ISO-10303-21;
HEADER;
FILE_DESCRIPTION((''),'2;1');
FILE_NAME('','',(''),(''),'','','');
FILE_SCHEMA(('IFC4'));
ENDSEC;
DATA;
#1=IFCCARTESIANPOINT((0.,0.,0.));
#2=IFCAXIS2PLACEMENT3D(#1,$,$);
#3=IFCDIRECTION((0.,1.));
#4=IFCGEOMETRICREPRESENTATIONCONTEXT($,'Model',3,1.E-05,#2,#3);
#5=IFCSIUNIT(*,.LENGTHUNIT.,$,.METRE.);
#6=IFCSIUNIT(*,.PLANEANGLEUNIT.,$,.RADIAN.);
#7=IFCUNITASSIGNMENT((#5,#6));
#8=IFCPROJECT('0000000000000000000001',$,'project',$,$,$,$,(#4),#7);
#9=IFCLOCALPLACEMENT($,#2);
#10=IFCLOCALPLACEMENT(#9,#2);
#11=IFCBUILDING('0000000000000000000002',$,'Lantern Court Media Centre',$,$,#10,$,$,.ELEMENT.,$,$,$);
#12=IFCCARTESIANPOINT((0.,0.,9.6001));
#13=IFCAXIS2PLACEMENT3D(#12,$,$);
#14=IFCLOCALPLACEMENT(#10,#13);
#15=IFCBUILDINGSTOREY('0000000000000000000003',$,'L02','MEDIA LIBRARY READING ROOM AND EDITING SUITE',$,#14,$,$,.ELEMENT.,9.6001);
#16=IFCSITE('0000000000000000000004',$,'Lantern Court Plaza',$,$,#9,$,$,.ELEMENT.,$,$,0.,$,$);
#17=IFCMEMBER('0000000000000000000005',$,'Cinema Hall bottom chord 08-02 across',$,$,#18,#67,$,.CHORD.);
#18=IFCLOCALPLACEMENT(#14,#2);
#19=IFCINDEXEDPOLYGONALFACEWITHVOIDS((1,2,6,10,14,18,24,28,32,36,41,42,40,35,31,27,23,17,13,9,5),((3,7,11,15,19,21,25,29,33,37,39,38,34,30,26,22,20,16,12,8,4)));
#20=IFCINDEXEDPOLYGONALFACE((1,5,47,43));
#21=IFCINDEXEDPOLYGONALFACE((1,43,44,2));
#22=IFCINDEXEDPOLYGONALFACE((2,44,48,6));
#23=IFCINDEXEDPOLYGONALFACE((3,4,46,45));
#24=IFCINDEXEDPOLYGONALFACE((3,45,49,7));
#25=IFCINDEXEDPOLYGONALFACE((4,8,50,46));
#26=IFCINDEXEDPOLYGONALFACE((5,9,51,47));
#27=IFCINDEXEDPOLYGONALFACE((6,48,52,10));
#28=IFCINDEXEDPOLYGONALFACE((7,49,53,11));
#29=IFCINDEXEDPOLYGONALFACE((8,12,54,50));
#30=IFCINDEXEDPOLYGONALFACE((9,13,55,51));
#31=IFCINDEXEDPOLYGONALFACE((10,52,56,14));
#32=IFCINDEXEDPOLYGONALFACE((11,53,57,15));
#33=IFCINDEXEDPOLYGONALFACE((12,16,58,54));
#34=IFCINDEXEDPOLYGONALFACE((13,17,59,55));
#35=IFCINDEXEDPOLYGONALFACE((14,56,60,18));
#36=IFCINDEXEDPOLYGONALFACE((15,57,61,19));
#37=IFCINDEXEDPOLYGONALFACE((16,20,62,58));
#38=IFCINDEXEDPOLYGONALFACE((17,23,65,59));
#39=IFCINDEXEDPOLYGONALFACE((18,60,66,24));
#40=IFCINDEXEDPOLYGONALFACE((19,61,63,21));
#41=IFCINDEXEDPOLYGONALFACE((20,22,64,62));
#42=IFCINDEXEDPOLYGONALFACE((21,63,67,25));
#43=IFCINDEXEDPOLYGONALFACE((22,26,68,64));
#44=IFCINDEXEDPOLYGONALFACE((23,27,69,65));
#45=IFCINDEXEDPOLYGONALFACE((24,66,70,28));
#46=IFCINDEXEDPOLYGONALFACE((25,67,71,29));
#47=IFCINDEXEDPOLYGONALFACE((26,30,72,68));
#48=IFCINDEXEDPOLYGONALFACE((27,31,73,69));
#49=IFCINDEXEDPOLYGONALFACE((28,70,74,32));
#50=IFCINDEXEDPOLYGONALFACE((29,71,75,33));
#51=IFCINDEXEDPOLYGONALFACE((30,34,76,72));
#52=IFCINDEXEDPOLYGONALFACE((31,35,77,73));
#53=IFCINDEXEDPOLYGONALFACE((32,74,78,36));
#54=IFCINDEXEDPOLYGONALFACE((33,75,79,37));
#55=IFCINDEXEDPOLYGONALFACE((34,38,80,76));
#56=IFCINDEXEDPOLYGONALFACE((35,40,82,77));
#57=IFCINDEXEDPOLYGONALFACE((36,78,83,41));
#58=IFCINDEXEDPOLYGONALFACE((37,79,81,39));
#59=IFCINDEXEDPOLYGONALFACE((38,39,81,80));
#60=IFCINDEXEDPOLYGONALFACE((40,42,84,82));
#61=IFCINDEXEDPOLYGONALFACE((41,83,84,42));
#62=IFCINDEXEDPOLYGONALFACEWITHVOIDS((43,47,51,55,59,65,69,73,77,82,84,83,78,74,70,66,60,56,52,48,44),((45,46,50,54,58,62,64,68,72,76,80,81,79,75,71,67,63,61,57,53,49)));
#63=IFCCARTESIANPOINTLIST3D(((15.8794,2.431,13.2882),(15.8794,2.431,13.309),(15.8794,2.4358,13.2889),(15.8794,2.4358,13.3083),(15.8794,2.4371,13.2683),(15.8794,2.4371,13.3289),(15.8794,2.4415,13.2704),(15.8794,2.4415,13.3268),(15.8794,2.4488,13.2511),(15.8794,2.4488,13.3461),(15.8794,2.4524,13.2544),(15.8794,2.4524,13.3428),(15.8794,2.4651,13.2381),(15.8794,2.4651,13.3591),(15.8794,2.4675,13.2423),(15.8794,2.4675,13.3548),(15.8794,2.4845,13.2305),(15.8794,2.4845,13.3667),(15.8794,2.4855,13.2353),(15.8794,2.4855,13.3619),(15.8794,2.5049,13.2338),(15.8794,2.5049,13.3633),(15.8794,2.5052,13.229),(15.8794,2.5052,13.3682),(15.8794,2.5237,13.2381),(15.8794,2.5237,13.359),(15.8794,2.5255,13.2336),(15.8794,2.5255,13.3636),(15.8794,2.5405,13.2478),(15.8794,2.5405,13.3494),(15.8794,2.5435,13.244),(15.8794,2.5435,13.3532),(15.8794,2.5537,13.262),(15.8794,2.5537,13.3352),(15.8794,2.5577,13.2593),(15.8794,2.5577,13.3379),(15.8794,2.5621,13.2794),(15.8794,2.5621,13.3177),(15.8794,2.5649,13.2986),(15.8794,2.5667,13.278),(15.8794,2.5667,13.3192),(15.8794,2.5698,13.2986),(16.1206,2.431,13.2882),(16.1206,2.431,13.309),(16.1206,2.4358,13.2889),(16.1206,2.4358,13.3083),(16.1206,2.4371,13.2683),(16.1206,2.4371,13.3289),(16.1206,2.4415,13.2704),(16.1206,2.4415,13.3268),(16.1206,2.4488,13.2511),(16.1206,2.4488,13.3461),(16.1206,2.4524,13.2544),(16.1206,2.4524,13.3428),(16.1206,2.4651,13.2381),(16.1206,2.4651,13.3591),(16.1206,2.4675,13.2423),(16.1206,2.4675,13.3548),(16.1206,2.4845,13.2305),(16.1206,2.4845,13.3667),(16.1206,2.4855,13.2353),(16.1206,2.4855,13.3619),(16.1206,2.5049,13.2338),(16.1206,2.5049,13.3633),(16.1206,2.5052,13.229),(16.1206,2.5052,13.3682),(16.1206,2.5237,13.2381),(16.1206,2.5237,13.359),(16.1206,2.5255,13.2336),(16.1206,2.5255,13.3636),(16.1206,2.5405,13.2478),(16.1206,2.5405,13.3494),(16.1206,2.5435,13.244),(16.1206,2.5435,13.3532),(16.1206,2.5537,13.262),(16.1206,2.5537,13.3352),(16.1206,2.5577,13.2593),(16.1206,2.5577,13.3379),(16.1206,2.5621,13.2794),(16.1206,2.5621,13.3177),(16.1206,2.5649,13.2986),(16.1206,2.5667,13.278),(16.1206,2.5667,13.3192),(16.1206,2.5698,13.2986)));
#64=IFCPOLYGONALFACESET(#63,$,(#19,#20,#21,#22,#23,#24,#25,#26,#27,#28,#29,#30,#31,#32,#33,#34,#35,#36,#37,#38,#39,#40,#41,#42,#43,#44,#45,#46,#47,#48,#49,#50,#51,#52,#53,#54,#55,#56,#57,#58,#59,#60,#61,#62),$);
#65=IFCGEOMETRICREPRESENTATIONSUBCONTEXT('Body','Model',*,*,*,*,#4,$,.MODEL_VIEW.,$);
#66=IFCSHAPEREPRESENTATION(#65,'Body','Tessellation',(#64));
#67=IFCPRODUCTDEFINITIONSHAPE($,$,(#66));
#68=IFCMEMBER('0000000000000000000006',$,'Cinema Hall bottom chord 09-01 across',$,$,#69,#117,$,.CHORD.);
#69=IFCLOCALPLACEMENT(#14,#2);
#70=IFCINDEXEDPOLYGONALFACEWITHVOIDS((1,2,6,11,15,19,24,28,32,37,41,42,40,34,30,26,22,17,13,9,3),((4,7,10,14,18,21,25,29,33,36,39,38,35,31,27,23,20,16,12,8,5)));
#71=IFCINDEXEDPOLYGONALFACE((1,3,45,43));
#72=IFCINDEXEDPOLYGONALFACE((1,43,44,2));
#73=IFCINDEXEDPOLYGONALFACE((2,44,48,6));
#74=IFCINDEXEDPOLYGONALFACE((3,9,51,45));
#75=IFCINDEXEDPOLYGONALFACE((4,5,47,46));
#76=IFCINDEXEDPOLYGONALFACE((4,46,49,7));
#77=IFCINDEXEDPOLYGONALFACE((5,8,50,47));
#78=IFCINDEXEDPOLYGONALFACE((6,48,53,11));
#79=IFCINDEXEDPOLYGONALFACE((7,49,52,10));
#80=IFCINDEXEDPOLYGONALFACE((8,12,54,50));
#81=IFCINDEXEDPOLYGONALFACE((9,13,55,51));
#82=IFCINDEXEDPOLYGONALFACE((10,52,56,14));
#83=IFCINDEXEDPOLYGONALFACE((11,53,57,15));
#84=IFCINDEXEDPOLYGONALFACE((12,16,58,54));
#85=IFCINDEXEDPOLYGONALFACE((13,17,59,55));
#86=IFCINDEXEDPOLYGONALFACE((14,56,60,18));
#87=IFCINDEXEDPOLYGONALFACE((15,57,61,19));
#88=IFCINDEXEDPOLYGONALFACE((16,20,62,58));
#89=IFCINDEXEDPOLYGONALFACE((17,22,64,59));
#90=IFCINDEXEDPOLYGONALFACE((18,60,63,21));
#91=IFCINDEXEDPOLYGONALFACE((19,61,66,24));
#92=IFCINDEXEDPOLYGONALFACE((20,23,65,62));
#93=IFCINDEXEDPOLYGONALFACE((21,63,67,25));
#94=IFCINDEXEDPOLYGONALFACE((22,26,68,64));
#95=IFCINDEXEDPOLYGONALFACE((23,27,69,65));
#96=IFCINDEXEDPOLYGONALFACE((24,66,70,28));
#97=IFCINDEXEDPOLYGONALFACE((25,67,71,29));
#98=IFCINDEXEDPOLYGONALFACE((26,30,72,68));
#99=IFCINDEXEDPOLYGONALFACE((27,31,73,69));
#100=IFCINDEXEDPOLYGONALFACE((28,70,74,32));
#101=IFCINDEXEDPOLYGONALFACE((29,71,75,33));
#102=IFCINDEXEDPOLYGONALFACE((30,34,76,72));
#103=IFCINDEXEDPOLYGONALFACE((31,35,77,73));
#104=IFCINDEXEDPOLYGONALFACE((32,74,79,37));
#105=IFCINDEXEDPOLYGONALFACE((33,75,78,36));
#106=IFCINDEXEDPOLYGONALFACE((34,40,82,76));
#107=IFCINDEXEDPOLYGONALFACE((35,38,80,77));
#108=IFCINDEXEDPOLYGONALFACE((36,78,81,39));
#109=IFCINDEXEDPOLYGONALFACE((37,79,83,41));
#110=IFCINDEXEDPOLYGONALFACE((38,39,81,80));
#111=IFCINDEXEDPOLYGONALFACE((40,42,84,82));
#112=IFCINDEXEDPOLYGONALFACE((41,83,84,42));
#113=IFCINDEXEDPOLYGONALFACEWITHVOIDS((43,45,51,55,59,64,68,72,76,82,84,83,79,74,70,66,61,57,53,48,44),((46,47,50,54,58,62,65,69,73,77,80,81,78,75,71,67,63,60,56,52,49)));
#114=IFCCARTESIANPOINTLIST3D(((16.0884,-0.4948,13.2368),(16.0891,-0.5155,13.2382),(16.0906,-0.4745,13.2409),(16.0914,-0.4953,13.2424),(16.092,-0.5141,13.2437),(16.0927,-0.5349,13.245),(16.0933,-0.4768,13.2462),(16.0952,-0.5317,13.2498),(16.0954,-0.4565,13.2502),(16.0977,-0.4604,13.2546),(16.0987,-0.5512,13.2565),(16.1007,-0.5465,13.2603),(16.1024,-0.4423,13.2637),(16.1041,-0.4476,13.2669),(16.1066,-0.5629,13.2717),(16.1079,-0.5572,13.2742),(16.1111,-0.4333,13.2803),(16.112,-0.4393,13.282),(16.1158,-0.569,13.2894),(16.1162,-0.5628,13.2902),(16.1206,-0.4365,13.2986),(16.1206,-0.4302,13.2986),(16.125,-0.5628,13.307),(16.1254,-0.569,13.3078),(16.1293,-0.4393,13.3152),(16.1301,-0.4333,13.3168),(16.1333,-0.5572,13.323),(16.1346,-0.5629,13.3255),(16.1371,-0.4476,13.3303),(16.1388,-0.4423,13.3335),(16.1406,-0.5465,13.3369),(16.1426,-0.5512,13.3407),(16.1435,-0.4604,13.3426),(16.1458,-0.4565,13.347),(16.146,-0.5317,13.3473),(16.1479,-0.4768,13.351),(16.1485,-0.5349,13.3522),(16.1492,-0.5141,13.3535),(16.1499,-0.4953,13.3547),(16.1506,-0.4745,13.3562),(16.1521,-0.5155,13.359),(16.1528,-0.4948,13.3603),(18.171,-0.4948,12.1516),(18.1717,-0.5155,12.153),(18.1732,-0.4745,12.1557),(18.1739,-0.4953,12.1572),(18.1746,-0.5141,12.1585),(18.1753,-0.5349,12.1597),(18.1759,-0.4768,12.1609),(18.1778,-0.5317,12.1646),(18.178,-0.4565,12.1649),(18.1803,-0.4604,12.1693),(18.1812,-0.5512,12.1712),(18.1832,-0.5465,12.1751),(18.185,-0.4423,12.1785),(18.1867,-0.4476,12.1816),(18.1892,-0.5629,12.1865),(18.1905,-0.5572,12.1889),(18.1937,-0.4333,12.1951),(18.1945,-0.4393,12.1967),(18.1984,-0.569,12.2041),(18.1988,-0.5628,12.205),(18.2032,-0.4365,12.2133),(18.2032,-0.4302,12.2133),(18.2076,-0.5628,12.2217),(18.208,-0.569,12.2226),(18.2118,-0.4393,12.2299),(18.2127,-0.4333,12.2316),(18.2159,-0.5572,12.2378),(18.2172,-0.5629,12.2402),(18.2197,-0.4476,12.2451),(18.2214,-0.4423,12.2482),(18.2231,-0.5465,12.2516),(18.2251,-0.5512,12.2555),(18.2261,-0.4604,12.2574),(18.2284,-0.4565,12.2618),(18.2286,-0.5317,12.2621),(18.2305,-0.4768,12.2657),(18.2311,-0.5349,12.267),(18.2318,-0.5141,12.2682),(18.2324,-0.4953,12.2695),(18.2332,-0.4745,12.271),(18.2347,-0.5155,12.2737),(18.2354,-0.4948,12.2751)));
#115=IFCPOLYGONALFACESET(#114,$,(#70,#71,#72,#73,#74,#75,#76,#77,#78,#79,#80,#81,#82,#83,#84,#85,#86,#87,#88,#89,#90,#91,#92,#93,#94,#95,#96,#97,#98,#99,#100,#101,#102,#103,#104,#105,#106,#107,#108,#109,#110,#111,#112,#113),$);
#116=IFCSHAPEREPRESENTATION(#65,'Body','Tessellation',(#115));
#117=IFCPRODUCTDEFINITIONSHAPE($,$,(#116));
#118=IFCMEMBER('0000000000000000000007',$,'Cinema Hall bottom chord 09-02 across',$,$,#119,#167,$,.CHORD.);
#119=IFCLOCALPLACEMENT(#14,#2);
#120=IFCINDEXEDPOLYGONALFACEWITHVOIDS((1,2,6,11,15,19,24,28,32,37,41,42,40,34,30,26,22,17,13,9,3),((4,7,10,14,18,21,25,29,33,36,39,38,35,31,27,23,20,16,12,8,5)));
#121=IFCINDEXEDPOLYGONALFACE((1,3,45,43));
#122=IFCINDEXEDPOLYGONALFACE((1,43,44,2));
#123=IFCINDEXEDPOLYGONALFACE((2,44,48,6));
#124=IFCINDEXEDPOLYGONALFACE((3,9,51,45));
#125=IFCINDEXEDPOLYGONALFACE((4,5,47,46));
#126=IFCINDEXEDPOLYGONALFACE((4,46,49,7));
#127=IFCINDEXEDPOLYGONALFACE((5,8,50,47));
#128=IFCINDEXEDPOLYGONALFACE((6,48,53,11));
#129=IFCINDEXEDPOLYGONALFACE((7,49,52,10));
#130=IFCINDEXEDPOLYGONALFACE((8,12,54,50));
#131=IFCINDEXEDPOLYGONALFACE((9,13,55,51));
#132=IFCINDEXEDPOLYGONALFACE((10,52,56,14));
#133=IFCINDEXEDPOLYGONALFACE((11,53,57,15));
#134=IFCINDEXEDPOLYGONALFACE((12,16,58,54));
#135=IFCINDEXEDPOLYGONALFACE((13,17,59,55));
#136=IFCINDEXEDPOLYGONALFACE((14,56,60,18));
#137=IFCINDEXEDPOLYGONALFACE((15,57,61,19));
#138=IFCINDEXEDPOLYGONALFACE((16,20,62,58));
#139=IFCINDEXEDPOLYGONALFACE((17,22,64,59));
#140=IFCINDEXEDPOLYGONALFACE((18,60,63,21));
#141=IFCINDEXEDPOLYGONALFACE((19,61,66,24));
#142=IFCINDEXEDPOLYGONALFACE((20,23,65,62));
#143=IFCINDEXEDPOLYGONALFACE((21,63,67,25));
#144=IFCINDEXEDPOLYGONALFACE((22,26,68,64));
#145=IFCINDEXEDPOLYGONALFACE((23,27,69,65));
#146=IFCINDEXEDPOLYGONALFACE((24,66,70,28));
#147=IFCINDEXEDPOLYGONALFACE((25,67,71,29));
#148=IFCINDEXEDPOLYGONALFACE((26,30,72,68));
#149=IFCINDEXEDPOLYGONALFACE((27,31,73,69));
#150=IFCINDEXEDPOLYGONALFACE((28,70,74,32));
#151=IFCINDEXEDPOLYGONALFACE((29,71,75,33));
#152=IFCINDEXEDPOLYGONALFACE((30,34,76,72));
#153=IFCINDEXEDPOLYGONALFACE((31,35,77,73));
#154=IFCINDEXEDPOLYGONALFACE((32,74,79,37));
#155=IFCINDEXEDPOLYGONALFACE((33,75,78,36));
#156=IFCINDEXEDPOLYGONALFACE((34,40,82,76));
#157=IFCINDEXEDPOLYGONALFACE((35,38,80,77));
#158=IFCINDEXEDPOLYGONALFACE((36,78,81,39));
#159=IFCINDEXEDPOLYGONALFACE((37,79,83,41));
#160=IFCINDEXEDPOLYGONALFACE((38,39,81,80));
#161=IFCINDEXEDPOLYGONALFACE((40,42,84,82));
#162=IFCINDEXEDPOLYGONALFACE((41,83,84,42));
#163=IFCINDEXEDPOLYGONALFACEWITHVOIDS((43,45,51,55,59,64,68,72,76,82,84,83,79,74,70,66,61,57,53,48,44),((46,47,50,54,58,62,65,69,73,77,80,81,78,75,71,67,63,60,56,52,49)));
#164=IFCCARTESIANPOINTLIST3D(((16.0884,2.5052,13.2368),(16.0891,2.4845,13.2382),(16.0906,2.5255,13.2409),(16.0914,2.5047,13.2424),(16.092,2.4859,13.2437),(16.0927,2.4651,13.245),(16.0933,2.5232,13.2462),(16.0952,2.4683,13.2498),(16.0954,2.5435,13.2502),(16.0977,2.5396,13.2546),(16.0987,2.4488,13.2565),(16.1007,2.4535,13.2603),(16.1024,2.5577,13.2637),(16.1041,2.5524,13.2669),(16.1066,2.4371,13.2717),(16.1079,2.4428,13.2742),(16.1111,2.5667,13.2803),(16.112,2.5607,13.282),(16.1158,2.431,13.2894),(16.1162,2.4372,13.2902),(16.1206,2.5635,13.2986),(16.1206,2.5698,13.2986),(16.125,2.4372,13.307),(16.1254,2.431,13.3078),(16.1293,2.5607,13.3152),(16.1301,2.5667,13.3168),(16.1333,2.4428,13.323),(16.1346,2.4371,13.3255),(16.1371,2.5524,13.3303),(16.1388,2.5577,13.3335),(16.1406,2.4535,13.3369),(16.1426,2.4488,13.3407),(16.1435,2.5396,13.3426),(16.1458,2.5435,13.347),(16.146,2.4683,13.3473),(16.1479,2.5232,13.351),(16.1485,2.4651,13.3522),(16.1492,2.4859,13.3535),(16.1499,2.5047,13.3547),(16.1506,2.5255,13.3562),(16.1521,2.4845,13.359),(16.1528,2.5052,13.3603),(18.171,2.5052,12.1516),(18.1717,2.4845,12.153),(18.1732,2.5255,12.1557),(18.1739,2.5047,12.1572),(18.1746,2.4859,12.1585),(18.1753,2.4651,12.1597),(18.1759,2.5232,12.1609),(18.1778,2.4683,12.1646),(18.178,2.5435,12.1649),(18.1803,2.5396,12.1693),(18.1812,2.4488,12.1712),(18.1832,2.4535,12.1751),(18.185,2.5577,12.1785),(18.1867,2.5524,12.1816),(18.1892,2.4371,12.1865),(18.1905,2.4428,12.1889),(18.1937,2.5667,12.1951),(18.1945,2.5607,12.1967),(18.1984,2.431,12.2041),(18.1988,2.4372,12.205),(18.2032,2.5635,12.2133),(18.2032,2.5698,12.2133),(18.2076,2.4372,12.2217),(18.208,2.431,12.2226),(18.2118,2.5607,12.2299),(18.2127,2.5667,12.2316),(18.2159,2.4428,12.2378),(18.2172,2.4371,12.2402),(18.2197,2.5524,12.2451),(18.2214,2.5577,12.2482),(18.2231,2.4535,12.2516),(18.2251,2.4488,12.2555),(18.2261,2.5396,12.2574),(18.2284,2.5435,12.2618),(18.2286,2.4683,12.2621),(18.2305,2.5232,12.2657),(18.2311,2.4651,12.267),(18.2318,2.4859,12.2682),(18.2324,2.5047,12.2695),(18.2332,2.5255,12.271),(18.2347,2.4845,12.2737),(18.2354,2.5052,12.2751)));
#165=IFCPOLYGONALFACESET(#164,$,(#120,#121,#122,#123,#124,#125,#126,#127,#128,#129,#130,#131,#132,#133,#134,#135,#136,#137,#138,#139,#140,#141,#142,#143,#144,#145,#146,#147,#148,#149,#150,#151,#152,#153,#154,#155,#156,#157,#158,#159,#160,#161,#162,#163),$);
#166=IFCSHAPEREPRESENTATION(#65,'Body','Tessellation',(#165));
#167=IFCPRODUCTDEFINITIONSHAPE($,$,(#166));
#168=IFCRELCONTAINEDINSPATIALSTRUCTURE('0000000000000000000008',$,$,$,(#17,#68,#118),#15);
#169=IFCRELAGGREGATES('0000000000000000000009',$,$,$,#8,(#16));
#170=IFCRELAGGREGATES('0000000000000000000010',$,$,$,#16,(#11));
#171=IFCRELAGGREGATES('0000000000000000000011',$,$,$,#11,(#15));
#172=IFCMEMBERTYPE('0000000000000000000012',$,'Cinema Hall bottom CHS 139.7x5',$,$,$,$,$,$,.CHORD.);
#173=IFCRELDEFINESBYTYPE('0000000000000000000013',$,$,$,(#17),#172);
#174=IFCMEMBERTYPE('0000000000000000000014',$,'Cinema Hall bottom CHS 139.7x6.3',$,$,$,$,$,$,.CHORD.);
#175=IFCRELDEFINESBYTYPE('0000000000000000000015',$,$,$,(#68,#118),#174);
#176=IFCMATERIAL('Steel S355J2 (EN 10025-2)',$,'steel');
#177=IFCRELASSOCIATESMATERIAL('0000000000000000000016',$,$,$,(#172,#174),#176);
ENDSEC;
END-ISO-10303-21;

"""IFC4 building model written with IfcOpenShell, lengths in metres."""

from ifc_helpers import new_model, si_unit, direction, frame, origin, origin_2d, place, context, subcontext, project, spatial, hollow_circle, extrude, material, material_profile, profile_set, type_object, element, save


model = new_model("IFC4")

# Units and contexts
model_context = context("Model", 3, precision=1e-05, world=origin(), true_north=direction((0.0, 1.0)))
body_context = subcontext(model_context, "Body", "Model", "MODEL_VIEW")
ifc_project = project(units=[si_unit("LENGTHUNIT", "METRE"), si_unit("PLANEANGLEUNIT", "RADIAN")], contexts=[model_context])

# Site, building, storey
site_placement = place(None, origin())
site = spatial("IfcSite", under=ifc_project, at=site_placement, Name="Lantern Court Plaza", CompositionType="ELEMENT", RefElevation=0.0)
building_placement = place(site_placement, origin())
building = spatial("IfcBuilding", under=site, at=building_placement, Name="Lantern Court Media Centre", CompositionType="ELEMENT")
storey_placement = place(building_placement, frame((0.0, 0.0, 9.6001)))
storey = spatial("IfcBuildingStorey", under=building, at=storey_placement, Name="L02", Description="MEDIA LIBRARY READING ROOM AND EDITING SUITE", CompositionType="ELEMENT", Elevation=9.6001)

# Members
ifc_material = material(Name="Steel S355J2 (EN 10025-2)", Category="steel")
ifc_material_profile_1 = material_profile(ifc_material, hollow_circle(Radius=0.0698, WallThickness=0.0049, at=origin_2d()), Name="Cinema Hall bottom CHS 139.7x5")
ifc_profile_set_1 = profile_set([ifc_material_profile_1], Name="Steel S355J2 (EN 10025-2)")
member_type_1 = type_object("IfcMemberType", Name="Cinema Hall bottom CHS 139.7x5", PredefinedType="CHORD", material=ifc_profile_set_1)
member_1_placement = place(storey_placement, frame((15.8794, 2.5, 13.2986), z_axis=(1.0, 0.0, 0.0), x_axis=(0.0, 1.0, 0.0)))
element("IfcMember", 1, at=member_1_placement, inside=storey, type_object=member_type_1, Name="Cinema Hall bottom chord 08-02 across", PredefinedType="CHORD", context=body_context, shape_type="SweptSolid", body=[
    extrude(hollow_circle(Radius=0.0698, WallThickness=0.0049, at=origin_2d()), origin(), (0.0, 0.0, 1.0), 0.2412),
])
ifc_material_profile_2 = material_profile(ifc_material, hollow_circle(Radius=0.0698, WallThickness=0.0063, at=origin_2d()), Name="Cinema Hall bottom CHS 139.7x6.3")
ifc_profile_set_2 = profile_set([ifc_material_profile_2], Name="Steel S355J2 (EN 10025-2)")
member_type_2 = type_object("IfcMemberType", Name="Cinema Hall bottom CHS 139.7x6.3", PredefinedType="CHORD", material=ifc_profile_set_2)
for number, where, z_axis, x_axis, name in (
    (2, (16.1206, -0.5, 13.2986), (0.886816, 0.0, -0.462122), (0.0, 1.0, 0.0), "Cinema Hall bottom chord 09-01 across"),
    (3, (16.1206, 2.5, 13.2986), (0.886816, 0.0, -0.462122), (0.0, 1.0, 0.0), "Cinema Hall bottom chord 09-02 across"),
):
    element("IfcMember", number, at=place(storey_placement, frame(where, z_axis=z_axis, x_axis=x_axis)), inside=storey, type_object=member_type_2, Name=name, PredefinedType="CHORD", context=body_context, shape_type="SweptSolid", body=[
        extrude(hollow_circle(Radius=0.0698, WallThickness=0.0063, at=origin_2d()), origin(), (0.0, 0.0, 1.0), 2.3484),
    ])

save(model, "model.ifc")
